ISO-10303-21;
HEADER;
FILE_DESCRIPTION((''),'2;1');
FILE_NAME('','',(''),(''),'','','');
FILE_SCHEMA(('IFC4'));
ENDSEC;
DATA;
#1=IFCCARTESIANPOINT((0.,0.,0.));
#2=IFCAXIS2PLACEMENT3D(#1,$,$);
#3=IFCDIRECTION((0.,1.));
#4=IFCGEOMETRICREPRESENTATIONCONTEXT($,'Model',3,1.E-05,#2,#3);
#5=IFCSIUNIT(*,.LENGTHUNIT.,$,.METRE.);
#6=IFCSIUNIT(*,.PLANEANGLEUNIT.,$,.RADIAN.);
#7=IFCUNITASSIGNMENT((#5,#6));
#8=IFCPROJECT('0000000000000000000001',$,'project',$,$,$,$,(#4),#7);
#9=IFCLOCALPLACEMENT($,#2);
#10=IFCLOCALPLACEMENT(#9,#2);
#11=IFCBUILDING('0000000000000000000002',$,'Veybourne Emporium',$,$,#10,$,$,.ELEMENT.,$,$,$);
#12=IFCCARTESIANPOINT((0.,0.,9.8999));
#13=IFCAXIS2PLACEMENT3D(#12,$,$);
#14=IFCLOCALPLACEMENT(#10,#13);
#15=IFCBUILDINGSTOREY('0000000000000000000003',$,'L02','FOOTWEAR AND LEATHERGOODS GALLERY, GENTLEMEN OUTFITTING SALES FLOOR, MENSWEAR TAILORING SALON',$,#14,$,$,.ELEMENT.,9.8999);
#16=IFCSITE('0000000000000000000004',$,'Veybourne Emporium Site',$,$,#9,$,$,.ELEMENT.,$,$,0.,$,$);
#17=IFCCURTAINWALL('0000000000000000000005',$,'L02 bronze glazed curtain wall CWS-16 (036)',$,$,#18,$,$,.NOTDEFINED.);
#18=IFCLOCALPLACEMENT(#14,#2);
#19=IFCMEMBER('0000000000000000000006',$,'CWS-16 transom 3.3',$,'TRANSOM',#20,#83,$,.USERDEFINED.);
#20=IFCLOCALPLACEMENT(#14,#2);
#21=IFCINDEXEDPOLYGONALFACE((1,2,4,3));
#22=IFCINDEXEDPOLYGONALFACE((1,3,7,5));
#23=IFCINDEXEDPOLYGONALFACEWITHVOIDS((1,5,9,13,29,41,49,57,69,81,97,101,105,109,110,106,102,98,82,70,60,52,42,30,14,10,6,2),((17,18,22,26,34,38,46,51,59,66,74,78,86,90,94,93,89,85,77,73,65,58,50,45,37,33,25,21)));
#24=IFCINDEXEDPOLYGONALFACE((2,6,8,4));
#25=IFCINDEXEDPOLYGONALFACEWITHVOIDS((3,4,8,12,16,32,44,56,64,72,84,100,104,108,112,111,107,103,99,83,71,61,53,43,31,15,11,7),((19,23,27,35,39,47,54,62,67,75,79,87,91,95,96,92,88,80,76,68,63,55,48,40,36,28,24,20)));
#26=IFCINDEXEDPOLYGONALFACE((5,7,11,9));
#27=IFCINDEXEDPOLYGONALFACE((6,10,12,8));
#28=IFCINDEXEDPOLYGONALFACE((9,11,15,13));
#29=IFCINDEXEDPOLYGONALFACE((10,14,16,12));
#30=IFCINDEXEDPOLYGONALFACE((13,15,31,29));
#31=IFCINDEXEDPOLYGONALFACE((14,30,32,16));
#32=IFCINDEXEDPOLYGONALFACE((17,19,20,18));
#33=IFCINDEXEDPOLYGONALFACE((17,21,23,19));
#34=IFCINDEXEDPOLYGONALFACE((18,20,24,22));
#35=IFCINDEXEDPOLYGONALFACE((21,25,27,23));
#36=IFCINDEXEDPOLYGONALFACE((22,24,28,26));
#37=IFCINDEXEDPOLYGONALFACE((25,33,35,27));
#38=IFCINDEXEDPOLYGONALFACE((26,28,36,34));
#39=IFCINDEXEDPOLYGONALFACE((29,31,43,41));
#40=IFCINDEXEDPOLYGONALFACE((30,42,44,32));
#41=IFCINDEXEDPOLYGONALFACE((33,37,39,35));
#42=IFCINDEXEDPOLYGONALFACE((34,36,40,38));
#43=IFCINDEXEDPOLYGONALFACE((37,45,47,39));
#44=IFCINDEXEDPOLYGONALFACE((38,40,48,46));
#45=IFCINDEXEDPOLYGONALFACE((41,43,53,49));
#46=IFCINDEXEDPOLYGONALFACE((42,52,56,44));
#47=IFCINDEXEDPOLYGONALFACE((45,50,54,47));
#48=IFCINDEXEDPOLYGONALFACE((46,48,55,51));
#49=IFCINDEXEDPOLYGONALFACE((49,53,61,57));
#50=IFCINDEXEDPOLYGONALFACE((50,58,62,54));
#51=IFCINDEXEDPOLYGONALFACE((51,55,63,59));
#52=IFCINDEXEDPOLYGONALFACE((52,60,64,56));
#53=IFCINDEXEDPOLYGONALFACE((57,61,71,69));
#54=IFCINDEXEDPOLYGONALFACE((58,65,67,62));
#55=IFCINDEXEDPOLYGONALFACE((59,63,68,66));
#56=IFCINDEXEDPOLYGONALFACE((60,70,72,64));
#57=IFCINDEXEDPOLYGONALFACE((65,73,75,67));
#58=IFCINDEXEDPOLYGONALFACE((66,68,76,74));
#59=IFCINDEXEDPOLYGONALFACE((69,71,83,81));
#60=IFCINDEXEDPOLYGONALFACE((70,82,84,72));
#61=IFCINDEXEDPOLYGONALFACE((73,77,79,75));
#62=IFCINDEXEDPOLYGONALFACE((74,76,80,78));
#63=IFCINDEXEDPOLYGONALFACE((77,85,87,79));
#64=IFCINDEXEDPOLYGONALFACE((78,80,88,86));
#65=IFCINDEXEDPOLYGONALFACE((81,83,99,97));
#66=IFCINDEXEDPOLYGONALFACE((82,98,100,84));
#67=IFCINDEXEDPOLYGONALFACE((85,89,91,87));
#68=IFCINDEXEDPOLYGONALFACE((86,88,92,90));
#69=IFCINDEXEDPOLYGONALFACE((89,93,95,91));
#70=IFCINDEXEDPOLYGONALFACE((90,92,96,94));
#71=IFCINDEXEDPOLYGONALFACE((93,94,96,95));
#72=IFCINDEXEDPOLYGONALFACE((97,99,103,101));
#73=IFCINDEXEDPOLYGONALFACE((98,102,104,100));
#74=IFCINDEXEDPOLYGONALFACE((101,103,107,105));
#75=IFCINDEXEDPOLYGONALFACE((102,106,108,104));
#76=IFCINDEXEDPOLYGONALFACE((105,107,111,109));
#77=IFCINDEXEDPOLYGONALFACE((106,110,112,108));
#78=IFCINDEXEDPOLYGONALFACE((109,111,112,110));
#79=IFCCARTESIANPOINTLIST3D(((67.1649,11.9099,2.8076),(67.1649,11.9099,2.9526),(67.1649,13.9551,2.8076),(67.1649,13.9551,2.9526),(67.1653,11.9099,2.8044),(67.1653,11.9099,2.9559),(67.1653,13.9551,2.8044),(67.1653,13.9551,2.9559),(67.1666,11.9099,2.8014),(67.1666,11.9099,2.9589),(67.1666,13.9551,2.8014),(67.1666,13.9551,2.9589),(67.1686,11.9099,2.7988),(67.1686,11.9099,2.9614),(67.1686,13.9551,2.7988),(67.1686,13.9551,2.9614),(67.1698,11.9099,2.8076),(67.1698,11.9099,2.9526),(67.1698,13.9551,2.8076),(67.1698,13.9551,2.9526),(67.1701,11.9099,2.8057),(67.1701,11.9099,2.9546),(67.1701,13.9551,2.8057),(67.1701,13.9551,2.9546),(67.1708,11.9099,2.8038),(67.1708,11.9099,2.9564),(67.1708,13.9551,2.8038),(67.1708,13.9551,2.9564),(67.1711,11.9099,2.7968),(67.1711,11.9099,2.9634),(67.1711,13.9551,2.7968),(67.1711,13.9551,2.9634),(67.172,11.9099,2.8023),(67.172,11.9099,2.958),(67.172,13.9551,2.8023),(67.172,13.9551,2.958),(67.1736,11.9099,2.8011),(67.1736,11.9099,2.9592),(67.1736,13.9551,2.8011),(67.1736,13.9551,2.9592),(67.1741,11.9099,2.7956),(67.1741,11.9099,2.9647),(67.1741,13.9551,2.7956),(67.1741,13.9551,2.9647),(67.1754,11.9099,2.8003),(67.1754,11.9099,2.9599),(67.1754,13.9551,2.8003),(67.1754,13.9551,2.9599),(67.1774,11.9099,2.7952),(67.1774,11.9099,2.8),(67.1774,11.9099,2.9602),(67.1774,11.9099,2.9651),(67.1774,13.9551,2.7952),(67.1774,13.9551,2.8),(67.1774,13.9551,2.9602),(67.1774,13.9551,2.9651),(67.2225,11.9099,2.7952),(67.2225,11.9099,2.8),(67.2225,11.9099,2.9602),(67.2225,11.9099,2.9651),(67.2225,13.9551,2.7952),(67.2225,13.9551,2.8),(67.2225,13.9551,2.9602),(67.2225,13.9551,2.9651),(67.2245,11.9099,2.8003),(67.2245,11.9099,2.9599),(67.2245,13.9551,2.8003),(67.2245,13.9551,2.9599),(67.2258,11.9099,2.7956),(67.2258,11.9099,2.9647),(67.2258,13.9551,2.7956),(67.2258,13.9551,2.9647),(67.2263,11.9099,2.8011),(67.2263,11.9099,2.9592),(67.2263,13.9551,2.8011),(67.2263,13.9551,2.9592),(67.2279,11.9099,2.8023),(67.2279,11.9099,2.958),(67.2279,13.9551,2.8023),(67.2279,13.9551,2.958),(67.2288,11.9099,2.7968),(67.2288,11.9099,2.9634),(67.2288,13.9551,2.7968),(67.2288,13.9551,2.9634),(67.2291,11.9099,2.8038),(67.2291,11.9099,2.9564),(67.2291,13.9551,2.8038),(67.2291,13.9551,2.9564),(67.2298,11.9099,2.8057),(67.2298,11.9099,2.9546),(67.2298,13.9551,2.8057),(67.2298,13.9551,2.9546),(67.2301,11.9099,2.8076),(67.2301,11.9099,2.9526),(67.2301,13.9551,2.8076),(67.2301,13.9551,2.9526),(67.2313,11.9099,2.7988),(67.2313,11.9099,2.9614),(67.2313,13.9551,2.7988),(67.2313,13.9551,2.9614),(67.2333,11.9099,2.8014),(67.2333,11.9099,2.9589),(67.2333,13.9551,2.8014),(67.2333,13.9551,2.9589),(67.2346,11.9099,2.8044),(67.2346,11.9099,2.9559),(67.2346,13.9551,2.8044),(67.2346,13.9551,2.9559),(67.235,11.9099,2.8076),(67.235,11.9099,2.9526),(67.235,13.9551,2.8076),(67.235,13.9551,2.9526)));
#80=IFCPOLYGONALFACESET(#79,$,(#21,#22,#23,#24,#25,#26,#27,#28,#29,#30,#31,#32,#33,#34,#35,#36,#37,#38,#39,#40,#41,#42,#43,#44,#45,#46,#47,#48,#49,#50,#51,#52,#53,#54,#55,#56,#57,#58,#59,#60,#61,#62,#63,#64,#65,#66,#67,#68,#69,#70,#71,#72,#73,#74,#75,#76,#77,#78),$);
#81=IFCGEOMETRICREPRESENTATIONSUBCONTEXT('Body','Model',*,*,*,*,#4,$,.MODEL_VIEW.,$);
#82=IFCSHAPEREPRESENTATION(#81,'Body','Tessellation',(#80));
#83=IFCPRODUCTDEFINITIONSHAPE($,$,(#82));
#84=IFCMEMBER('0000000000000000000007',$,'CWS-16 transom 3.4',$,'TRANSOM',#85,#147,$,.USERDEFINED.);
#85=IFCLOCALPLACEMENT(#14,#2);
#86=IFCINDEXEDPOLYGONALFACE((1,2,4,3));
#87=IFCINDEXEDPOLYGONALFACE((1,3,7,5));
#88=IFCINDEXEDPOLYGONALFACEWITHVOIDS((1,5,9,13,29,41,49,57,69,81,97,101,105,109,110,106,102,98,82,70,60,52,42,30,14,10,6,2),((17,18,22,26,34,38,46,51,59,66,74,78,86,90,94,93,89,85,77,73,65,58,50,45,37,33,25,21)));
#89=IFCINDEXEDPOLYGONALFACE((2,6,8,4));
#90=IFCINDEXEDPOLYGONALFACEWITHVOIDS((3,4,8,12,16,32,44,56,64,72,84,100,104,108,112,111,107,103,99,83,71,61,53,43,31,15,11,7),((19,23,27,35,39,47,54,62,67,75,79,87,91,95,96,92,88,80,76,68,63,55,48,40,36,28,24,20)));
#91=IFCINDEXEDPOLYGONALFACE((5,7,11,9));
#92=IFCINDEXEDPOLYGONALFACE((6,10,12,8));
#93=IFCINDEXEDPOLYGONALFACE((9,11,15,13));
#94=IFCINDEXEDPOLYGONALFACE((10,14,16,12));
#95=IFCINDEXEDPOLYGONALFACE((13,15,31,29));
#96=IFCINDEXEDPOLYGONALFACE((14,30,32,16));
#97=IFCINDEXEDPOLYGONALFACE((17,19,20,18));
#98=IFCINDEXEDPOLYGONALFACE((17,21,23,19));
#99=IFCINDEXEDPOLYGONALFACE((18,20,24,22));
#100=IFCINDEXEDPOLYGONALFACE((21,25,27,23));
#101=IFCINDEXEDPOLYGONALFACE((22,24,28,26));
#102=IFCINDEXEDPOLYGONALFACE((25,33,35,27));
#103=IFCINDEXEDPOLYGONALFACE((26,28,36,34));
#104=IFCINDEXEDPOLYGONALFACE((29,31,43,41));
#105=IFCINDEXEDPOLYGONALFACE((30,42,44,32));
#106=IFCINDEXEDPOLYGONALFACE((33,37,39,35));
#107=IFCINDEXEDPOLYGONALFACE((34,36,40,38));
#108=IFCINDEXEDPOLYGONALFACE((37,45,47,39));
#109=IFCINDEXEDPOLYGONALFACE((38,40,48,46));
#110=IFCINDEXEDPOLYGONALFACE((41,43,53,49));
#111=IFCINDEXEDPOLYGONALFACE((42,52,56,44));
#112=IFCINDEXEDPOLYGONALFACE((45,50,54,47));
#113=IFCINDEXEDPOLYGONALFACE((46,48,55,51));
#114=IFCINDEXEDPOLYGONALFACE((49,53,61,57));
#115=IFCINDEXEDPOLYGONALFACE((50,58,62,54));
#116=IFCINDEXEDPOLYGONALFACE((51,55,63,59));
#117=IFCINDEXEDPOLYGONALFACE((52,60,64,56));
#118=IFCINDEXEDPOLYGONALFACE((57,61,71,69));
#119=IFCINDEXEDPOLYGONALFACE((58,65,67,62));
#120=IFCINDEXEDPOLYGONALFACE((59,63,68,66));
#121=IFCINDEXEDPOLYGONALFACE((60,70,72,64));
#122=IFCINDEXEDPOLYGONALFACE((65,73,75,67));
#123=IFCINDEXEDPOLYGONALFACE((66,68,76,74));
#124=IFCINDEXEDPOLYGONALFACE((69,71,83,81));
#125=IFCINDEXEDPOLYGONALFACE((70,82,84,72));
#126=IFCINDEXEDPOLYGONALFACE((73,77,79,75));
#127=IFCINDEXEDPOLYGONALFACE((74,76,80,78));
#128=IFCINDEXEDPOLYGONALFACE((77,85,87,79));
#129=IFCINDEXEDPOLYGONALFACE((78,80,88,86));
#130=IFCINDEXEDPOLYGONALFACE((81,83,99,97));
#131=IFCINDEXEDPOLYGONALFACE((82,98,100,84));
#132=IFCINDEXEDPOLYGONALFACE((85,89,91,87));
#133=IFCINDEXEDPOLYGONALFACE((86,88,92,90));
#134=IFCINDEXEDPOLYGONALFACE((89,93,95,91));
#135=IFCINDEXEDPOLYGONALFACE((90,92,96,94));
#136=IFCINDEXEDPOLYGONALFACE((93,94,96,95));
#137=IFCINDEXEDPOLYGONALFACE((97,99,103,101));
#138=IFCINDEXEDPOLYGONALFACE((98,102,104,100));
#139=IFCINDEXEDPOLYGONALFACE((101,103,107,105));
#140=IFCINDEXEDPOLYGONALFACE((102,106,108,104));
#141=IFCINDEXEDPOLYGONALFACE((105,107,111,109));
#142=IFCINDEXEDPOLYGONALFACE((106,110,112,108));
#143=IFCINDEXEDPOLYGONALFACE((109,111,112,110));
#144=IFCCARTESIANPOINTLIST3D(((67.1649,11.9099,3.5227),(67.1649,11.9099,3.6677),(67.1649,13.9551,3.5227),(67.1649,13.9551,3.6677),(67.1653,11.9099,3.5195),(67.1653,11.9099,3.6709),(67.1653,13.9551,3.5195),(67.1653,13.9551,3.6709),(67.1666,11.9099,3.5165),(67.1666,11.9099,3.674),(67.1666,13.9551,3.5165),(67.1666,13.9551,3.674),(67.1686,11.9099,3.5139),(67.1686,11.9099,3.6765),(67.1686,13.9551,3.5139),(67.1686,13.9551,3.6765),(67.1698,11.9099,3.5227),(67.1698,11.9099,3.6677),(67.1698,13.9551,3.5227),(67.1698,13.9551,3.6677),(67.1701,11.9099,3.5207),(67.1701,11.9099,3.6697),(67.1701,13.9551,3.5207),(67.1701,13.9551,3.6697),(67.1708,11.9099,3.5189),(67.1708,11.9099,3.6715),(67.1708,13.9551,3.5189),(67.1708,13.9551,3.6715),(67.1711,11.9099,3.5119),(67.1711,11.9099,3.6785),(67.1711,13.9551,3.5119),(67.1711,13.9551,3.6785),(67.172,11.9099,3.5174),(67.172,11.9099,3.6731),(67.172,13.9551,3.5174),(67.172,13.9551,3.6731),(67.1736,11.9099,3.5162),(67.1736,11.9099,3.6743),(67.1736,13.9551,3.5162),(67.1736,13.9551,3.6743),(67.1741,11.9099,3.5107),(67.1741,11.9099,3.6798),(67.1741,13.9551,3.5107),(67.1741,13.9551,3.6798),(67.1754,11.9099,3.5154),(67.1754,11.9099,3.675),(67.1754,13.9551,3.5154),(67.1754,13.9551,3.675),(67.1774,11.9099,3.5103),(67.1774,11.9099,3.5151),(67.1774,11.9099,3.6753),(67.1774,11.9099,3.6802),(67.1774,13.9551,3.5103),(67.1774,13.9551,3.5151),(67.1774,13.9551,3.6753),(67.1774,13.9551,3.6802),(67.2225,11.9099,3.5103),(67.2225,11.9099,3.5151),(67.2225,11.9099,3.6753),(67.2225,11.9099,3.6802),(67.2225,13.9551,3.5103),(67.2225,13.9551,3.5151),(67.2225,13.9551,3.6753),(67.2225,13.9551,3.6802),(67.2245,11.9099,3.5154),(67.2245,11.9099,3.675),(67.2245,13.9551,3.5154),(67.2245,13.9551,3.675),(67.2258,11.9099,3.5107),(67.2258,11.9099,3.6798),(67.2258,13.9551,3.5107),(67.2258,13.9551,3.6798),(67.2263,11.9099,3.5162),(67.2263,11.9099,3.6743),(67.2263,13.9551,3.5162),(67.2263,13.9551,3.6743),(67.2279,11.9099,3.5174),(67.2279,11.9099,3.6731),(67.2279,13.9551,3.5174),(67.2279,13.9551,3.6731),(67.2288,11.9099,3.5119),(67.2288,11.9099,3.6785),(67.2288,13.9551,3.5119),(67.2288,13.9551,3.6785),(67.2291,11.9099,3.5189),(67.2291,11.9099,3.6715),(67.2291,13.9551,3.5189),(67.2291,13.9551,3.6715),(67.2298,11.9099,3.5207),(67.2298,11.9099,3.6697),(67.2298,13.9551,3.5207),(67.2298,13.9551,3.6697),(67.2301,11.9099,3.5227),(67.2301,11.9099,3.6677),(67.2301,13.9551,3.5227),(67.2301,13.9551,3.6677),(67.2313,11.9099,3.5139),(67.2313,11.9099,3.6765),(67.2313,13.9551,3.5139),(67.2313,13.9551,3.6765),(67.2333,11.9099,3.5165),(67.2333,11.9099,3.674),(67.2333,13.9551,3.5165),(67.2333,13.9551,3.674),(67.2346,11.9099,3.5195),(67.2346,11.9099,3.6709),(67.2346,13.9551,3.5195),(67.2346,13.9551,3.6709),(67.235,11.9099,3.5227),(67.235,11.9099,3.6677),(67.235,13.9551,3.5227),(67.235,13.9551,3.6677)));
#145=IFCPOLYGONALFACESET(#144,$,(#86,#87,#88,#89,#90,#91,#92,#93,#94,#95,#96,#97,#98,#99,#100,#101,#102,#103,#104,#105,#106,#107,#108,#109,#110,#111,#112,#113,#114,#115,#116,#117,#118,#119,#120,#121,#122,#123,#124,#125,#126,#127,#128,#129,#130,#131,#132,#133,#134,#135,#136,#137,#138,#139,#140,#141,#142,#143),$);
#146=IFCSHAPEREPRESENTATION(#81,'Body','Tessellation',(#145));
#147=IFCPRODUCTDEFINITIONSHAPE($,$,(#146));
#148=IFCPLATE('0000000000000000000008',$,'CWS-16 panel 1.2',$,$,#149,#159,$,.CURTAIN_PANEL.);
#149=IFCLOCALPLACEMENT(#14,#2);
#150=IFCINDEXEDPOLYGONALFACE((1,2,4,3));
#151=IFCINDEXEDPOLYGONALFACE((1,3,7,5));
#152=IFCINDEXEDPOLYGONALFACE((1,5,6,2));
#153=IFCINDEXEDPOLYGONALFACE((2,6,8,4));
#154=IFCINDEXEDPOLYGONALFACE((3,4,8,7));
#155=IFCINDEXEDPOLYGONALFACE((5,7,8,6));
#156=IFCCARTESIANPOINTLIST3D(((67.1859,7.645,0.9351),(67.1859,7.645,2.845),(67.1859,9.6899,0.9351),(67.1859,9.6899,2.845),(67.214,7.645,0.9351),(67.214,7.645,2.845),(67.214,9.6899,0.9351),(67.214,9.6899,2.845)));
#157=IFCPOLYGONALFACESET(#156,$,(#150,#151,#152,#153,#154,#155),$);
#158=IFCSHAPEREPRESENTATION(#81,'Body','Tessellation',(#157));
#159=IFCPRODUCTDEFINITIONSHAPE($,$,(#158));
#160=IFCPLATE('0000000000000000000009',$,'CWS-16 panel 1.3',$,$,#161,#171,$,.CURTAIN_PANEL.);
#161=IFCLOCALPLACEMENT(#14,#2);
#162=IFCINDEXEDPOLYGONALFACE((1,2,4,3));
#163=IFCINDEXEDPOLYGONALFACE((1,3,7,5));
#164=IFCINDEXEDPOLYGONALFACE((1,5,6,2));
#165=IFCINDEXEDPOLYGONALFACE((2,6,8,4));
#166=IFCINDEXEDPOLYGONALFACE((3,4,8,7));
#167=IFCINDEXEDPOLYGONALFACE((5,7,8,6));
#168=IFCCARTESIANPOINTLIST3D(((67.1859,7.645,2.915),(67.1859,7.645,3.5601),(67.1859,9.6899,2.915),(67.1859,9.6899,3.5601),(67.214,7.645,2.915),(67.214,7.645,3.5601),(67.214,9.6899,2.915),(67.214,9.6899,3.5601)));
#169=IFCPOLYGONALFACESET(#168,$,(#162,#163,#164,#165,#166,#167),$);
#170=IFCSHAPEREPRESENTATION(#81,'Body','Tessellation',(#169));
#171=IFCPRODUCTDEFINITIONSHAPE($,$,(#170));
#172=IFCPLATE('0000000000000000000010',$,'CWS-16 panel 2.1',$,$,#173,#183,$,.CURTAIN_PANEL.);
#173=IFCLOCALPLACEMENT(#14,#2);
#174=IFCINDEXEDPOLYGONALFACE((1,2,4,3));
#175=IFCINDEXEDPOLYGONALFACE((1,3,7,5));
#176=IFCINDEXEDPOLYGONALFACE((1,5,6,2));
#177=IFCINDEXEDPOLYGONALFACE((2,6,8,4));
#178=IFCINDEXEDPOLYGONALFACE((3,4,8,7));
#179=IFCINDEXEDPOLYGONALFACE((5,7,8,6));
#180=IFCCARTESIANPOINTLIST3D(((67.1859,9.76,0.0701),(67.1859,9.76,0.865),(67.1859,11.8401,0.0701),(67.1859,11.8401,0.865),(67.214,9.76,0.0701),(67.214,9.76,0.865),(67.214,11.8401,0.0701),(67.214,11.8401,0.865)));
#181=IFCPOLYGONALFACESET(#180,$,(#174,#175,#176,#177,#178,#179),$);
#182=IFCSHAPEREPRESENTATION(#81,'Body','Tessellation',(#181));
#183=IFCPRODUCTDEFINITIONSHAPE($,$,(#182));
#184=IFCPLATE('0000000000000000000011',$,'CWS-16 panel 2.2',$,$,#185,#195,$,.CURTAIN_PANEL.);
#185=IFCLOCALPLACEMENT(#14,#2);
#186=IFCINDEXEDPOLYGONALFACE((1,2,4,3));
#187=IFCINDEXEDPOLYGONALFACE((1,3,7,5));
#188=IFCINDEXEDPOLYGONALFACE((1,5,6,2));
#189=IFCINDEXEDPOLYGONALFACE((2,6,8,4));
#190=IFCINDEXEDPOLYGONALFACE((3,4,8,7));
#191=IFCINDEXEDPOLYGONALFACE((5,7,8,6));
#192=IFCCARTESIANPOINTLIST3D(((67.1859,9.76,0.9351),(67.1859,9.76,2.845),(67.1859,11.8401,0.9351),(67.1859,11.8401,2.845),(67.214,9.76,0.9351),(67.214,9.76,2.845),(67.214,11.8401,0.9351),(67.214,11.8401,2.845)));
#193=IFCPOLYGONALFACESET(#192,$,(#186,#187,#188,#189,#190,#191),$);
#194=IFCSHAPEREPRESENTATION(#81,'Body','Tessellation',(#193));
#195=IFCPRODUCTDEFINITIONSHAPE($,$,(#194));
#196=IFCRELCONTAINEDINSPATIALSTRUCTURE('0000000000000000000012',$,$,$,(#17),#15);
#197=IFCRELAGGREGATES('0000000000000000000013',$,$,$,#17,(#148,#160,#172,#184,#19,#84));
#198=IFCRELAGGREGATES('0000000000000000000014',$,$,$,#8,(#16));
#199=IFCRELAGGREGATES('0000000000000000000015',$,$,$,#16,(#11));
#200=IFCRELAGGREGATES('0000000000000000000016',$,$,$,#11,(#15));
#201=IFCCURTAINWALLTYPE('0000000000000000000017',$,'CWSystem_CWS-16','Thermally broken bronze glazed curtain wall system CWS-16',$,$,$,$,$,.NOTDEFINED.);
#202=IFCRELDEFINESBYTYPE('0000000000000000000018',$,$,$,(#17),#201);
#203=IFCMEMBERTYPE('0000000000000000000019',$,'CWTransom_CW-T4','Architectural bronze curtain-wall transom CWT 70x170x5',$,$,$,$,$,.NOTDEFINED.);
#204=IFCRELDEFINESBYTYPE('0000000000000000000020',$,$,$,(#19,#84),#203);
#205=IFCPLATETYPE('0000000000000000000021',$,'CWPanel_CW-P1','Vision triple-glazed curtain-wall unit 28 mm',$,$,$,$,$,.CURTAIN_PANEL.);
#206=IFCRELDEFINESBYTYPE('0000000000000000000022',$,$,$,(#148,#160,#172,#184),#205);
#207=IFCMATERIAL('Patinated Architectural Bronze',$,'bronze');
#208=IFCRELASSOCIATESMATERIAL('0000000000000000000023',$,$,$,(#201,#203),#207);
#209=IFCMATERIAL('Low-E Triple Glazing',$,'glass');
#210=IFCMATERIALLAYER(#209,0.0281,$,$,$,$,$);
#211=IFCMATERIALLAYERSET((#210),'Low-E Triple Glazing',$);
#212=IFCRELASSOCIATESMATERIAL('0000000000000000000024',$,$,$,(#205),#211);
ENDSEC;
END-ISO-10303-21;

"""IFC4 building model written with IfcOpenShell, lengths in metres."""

from ifc_helpers import new_model, si_unit, direction, frame, origin, origin_2d, place, context, subcontext, project, spatial, rectangle, hollow_rectangle, extrude, material, layer, layer_set, material_profile, profile_set, type_object, element, aggregate, save


model = new_model("IFC4")

# Units and contexts
model_context = context("Model", 3, precision=1e-05, world=origin(), true_north=direction((0.0, 1.0)))
body_context = subcontext(model_context, "Body", "Model", "MODEL_VIEW")
ifc_project = project(units=[si_unit("LENGTHUNIT", "METRE"), si_unit("PLANEANGLEUNIT", "RADIAN")], contexts=[model_context])

# Site, building, storey
site_placement = place(None, origin())
site = spatial("IfcSite", under=ifc_project, at=site_placement, Name="Veybourne Emporium Site", CompositionType="ELEMENT", RefElevation=0.0)
building_placement = place(site_placement, origin())
building = spatial("IfcBuilding", under=site, at=building_placement, Name="Veybourne Emporium", CompositionType="ELEMENT")
storey_placement = place(building_placement, frame((0.0, 0.0, 9.8999)))
storey = spatial("IfcBuildingStorey", under=building, at=storey_placement, Name="L02", Description="FOOTWEAR AND LEATHERGOODS GALLERY, GENTLEMEN OUTFITTING SALES FLOOR, MENSWEAR TAILORING SALON", CompositionType="ELEMENT", Elevation=9.8999)

# Curtain wall, members, plates
ifc_material_1 = material(Name="Patinated Architectural Bronze", Category="bronze")
curtain_wall_type = type_object("IfcCurtainWallType", Name="CWSystem_CWS-16", Description="Thermally broken bronze glazed curtain wall system CWS-16", PredefinedType="NOTDEFINED", material=ifc_material_1)
curtain_wall_placement = place(storey_placement, origin())
curtain_wall = element("IfcCurtainWall", 1, at=curtain_wall_placement, inside=storey, type_object=curtain_wall_type, Name="L02 bronze glazed curtain wall CWS-16 (036)", PredefinedType="NOTDEFINED")
ifc_material_profile = material_profile(ifc_material_1, hollow_rectangle(XDim=0.0701, YDim=0.1699, WallThickness=0.0049, InnerFilletRadius=0.0076, OuterFilletRadius=0.0125, at=origin_2d()), Name="CWT 70x170x5")
ifc_profile_set = profile_set([ifc_material_profile], Name="Patinated Architectural Bronze")
member_type = type_object("IfcMemberType", Name="CWTransom_CW-T4", Description="Architectural bronze curtain-wall transom CWT 70x170x5", PredefinedType="NOTDEFINED", material=ifc_profile_set)
member_1_placement = place(storey_placement, frame((67.2, 11.9099, 2.8801), z_axis=(0.0, 1.0, 0.0), x_axis=(-1.0, 0.0, 0.0)))
member_1 = element("IfcMember", 2, at=member_1_placement, type_object=member_type, Name="CWS-16 transom 3.3", ObjectType="TRANSOM", PredefinedType="USERDEFINED", context=body_context, shape_type="SweptSolid", body=[
    extrude(hollow_rectangle(XDim=0.0701, YDim=0.1699, WallThickness=0.0049, InnerFilletRadius=0.0076, OuterFilletRadius=0.0125, at=origin_2d()), origin(), (0.0, 0.0, 1.0), 2.0452),
])
member_2_placement = place(storey_placement, frame((67.2, 11.9099, 3.5952), z_axis=(0.0, 1.0, 0.0), x_axis=(-1.0, 0.0, 0.0)))
member_2 = element("IfcMember", 3, at=member_2_placement, type_object=member_type, Name="CWS-16 transom 3.4", ObjectType="TRANSOM", PredefinedType="USERDEFINED", context=body_context, shape_type="SweptSolid", body=[
    extrude(hollow_rectangle(XDim=0.0701, YDim=0.1699, WallThickness=0.0049, InnerFilletRadius=0.0076, OuterFilletRadius=0.0125, at=origin_2d()), origin(), (0.0, 0.0, 1.0), 2.0452),
])
ifc_material_2 = material(Name="Low-E Triple Glazing", Category="glass")
ifc_layer_1 = layer(ifc_material_2, 0.0281)
ifc_layer_set_1 = layer_set([ifc_layer_1], Name="Low-E Triple Glazing")
plate_type = type_object("IfcPlateType", Name="CWPanel_CW-P1", Description="Vision triple-glazed curtain-wall unit 28 mm", PredefinedType="CURTAIN_PANEL", material=ifc_layer_set_1)
plate_1_placement = place(storey_placement, frame((67.2, 8.6675, 0.9351), z_axis=(0.0, 0.0, 1.0), x_axis=(0.0, 1.0, 0.0)))
plate_1 = element("IfcPlate", 4, at=plate_1_placement, type_object=plate_type, Name="CWS-16 panel 1.2", PredefinedType="CURTAIN_PANEL", context=body_context, shape_type="SweptSolid", body=[
    extrude(rectangle(XDim=2.0449, YDim=0.0281, at=origin_2d()), origin(), (0.0, 0.0, 1.0), 1.9099),
])
plate_2_placement = place(storey_placement, frame((67.2, 8.6675, 2.915), z_axis=(0.0, 0.0, 1.0), x_axis=(0.0, 1.0, 0.0)))
plate_2 = element("IfcPlate", 5, at=plate_2_placement, type_object=plate_type, Name="CWS-16 panel 1.3", PredefinedType="CURTAIN_PANEL", context=body_context, shape_type="SweptSolid", body=[
    extrude(rectangle(XDim=2.0449, YDim=0.0281, at=origin_2d()), origin(), (0.0, 0.0, 1.0), 0.645),
])
plate_3_placement = place(storey_placement, frame((67.2, 10.8, 0.0701), z_axis=(0.0, 0.0, 1.0), x_axis=(0.0, 1.0, 0.0)))
plate_3 = element("IfcPlate", 6, at=plate_3_placement, type_object=plate_type, Name="CWS-16 panel 2.1", PredefinedType="CURTAIN_PANEL", context=body_context, shape_type="SweptSolid", body=[
    extrude(rectangle(XDim=2.0801, YDim=0.0281, at=origin_2d()), origin(), (0.0, 0.0, 1.0), 0.7949),
])
plate_4_placement = place(storey_placement, frame((67.2, 10.8, 0.9351), z_axis=(0.0, 0.0, 1.0), x_axis=(0.0, 1.0, 0.0)))
plate_4 = element("IfcPlate", 7, at=plate_4_placement, type_object=plate_type, Name="CWS-16 panel 2.2", PredefinedType="CURTAIN_PANEL", context=body_context, shape_type="SweptSolid", body=[
    extrude(rectangle(XDim=2.0801, YDim=0.0281, at=origin_2d()), origin(), (0.0, 0.0, 1.0), 1.9099),
])
aggregate(curtain_wall, [plate_1, plate_2, plate_3, plate_4, member_1, member_2])

save(model, "model.ifc")
